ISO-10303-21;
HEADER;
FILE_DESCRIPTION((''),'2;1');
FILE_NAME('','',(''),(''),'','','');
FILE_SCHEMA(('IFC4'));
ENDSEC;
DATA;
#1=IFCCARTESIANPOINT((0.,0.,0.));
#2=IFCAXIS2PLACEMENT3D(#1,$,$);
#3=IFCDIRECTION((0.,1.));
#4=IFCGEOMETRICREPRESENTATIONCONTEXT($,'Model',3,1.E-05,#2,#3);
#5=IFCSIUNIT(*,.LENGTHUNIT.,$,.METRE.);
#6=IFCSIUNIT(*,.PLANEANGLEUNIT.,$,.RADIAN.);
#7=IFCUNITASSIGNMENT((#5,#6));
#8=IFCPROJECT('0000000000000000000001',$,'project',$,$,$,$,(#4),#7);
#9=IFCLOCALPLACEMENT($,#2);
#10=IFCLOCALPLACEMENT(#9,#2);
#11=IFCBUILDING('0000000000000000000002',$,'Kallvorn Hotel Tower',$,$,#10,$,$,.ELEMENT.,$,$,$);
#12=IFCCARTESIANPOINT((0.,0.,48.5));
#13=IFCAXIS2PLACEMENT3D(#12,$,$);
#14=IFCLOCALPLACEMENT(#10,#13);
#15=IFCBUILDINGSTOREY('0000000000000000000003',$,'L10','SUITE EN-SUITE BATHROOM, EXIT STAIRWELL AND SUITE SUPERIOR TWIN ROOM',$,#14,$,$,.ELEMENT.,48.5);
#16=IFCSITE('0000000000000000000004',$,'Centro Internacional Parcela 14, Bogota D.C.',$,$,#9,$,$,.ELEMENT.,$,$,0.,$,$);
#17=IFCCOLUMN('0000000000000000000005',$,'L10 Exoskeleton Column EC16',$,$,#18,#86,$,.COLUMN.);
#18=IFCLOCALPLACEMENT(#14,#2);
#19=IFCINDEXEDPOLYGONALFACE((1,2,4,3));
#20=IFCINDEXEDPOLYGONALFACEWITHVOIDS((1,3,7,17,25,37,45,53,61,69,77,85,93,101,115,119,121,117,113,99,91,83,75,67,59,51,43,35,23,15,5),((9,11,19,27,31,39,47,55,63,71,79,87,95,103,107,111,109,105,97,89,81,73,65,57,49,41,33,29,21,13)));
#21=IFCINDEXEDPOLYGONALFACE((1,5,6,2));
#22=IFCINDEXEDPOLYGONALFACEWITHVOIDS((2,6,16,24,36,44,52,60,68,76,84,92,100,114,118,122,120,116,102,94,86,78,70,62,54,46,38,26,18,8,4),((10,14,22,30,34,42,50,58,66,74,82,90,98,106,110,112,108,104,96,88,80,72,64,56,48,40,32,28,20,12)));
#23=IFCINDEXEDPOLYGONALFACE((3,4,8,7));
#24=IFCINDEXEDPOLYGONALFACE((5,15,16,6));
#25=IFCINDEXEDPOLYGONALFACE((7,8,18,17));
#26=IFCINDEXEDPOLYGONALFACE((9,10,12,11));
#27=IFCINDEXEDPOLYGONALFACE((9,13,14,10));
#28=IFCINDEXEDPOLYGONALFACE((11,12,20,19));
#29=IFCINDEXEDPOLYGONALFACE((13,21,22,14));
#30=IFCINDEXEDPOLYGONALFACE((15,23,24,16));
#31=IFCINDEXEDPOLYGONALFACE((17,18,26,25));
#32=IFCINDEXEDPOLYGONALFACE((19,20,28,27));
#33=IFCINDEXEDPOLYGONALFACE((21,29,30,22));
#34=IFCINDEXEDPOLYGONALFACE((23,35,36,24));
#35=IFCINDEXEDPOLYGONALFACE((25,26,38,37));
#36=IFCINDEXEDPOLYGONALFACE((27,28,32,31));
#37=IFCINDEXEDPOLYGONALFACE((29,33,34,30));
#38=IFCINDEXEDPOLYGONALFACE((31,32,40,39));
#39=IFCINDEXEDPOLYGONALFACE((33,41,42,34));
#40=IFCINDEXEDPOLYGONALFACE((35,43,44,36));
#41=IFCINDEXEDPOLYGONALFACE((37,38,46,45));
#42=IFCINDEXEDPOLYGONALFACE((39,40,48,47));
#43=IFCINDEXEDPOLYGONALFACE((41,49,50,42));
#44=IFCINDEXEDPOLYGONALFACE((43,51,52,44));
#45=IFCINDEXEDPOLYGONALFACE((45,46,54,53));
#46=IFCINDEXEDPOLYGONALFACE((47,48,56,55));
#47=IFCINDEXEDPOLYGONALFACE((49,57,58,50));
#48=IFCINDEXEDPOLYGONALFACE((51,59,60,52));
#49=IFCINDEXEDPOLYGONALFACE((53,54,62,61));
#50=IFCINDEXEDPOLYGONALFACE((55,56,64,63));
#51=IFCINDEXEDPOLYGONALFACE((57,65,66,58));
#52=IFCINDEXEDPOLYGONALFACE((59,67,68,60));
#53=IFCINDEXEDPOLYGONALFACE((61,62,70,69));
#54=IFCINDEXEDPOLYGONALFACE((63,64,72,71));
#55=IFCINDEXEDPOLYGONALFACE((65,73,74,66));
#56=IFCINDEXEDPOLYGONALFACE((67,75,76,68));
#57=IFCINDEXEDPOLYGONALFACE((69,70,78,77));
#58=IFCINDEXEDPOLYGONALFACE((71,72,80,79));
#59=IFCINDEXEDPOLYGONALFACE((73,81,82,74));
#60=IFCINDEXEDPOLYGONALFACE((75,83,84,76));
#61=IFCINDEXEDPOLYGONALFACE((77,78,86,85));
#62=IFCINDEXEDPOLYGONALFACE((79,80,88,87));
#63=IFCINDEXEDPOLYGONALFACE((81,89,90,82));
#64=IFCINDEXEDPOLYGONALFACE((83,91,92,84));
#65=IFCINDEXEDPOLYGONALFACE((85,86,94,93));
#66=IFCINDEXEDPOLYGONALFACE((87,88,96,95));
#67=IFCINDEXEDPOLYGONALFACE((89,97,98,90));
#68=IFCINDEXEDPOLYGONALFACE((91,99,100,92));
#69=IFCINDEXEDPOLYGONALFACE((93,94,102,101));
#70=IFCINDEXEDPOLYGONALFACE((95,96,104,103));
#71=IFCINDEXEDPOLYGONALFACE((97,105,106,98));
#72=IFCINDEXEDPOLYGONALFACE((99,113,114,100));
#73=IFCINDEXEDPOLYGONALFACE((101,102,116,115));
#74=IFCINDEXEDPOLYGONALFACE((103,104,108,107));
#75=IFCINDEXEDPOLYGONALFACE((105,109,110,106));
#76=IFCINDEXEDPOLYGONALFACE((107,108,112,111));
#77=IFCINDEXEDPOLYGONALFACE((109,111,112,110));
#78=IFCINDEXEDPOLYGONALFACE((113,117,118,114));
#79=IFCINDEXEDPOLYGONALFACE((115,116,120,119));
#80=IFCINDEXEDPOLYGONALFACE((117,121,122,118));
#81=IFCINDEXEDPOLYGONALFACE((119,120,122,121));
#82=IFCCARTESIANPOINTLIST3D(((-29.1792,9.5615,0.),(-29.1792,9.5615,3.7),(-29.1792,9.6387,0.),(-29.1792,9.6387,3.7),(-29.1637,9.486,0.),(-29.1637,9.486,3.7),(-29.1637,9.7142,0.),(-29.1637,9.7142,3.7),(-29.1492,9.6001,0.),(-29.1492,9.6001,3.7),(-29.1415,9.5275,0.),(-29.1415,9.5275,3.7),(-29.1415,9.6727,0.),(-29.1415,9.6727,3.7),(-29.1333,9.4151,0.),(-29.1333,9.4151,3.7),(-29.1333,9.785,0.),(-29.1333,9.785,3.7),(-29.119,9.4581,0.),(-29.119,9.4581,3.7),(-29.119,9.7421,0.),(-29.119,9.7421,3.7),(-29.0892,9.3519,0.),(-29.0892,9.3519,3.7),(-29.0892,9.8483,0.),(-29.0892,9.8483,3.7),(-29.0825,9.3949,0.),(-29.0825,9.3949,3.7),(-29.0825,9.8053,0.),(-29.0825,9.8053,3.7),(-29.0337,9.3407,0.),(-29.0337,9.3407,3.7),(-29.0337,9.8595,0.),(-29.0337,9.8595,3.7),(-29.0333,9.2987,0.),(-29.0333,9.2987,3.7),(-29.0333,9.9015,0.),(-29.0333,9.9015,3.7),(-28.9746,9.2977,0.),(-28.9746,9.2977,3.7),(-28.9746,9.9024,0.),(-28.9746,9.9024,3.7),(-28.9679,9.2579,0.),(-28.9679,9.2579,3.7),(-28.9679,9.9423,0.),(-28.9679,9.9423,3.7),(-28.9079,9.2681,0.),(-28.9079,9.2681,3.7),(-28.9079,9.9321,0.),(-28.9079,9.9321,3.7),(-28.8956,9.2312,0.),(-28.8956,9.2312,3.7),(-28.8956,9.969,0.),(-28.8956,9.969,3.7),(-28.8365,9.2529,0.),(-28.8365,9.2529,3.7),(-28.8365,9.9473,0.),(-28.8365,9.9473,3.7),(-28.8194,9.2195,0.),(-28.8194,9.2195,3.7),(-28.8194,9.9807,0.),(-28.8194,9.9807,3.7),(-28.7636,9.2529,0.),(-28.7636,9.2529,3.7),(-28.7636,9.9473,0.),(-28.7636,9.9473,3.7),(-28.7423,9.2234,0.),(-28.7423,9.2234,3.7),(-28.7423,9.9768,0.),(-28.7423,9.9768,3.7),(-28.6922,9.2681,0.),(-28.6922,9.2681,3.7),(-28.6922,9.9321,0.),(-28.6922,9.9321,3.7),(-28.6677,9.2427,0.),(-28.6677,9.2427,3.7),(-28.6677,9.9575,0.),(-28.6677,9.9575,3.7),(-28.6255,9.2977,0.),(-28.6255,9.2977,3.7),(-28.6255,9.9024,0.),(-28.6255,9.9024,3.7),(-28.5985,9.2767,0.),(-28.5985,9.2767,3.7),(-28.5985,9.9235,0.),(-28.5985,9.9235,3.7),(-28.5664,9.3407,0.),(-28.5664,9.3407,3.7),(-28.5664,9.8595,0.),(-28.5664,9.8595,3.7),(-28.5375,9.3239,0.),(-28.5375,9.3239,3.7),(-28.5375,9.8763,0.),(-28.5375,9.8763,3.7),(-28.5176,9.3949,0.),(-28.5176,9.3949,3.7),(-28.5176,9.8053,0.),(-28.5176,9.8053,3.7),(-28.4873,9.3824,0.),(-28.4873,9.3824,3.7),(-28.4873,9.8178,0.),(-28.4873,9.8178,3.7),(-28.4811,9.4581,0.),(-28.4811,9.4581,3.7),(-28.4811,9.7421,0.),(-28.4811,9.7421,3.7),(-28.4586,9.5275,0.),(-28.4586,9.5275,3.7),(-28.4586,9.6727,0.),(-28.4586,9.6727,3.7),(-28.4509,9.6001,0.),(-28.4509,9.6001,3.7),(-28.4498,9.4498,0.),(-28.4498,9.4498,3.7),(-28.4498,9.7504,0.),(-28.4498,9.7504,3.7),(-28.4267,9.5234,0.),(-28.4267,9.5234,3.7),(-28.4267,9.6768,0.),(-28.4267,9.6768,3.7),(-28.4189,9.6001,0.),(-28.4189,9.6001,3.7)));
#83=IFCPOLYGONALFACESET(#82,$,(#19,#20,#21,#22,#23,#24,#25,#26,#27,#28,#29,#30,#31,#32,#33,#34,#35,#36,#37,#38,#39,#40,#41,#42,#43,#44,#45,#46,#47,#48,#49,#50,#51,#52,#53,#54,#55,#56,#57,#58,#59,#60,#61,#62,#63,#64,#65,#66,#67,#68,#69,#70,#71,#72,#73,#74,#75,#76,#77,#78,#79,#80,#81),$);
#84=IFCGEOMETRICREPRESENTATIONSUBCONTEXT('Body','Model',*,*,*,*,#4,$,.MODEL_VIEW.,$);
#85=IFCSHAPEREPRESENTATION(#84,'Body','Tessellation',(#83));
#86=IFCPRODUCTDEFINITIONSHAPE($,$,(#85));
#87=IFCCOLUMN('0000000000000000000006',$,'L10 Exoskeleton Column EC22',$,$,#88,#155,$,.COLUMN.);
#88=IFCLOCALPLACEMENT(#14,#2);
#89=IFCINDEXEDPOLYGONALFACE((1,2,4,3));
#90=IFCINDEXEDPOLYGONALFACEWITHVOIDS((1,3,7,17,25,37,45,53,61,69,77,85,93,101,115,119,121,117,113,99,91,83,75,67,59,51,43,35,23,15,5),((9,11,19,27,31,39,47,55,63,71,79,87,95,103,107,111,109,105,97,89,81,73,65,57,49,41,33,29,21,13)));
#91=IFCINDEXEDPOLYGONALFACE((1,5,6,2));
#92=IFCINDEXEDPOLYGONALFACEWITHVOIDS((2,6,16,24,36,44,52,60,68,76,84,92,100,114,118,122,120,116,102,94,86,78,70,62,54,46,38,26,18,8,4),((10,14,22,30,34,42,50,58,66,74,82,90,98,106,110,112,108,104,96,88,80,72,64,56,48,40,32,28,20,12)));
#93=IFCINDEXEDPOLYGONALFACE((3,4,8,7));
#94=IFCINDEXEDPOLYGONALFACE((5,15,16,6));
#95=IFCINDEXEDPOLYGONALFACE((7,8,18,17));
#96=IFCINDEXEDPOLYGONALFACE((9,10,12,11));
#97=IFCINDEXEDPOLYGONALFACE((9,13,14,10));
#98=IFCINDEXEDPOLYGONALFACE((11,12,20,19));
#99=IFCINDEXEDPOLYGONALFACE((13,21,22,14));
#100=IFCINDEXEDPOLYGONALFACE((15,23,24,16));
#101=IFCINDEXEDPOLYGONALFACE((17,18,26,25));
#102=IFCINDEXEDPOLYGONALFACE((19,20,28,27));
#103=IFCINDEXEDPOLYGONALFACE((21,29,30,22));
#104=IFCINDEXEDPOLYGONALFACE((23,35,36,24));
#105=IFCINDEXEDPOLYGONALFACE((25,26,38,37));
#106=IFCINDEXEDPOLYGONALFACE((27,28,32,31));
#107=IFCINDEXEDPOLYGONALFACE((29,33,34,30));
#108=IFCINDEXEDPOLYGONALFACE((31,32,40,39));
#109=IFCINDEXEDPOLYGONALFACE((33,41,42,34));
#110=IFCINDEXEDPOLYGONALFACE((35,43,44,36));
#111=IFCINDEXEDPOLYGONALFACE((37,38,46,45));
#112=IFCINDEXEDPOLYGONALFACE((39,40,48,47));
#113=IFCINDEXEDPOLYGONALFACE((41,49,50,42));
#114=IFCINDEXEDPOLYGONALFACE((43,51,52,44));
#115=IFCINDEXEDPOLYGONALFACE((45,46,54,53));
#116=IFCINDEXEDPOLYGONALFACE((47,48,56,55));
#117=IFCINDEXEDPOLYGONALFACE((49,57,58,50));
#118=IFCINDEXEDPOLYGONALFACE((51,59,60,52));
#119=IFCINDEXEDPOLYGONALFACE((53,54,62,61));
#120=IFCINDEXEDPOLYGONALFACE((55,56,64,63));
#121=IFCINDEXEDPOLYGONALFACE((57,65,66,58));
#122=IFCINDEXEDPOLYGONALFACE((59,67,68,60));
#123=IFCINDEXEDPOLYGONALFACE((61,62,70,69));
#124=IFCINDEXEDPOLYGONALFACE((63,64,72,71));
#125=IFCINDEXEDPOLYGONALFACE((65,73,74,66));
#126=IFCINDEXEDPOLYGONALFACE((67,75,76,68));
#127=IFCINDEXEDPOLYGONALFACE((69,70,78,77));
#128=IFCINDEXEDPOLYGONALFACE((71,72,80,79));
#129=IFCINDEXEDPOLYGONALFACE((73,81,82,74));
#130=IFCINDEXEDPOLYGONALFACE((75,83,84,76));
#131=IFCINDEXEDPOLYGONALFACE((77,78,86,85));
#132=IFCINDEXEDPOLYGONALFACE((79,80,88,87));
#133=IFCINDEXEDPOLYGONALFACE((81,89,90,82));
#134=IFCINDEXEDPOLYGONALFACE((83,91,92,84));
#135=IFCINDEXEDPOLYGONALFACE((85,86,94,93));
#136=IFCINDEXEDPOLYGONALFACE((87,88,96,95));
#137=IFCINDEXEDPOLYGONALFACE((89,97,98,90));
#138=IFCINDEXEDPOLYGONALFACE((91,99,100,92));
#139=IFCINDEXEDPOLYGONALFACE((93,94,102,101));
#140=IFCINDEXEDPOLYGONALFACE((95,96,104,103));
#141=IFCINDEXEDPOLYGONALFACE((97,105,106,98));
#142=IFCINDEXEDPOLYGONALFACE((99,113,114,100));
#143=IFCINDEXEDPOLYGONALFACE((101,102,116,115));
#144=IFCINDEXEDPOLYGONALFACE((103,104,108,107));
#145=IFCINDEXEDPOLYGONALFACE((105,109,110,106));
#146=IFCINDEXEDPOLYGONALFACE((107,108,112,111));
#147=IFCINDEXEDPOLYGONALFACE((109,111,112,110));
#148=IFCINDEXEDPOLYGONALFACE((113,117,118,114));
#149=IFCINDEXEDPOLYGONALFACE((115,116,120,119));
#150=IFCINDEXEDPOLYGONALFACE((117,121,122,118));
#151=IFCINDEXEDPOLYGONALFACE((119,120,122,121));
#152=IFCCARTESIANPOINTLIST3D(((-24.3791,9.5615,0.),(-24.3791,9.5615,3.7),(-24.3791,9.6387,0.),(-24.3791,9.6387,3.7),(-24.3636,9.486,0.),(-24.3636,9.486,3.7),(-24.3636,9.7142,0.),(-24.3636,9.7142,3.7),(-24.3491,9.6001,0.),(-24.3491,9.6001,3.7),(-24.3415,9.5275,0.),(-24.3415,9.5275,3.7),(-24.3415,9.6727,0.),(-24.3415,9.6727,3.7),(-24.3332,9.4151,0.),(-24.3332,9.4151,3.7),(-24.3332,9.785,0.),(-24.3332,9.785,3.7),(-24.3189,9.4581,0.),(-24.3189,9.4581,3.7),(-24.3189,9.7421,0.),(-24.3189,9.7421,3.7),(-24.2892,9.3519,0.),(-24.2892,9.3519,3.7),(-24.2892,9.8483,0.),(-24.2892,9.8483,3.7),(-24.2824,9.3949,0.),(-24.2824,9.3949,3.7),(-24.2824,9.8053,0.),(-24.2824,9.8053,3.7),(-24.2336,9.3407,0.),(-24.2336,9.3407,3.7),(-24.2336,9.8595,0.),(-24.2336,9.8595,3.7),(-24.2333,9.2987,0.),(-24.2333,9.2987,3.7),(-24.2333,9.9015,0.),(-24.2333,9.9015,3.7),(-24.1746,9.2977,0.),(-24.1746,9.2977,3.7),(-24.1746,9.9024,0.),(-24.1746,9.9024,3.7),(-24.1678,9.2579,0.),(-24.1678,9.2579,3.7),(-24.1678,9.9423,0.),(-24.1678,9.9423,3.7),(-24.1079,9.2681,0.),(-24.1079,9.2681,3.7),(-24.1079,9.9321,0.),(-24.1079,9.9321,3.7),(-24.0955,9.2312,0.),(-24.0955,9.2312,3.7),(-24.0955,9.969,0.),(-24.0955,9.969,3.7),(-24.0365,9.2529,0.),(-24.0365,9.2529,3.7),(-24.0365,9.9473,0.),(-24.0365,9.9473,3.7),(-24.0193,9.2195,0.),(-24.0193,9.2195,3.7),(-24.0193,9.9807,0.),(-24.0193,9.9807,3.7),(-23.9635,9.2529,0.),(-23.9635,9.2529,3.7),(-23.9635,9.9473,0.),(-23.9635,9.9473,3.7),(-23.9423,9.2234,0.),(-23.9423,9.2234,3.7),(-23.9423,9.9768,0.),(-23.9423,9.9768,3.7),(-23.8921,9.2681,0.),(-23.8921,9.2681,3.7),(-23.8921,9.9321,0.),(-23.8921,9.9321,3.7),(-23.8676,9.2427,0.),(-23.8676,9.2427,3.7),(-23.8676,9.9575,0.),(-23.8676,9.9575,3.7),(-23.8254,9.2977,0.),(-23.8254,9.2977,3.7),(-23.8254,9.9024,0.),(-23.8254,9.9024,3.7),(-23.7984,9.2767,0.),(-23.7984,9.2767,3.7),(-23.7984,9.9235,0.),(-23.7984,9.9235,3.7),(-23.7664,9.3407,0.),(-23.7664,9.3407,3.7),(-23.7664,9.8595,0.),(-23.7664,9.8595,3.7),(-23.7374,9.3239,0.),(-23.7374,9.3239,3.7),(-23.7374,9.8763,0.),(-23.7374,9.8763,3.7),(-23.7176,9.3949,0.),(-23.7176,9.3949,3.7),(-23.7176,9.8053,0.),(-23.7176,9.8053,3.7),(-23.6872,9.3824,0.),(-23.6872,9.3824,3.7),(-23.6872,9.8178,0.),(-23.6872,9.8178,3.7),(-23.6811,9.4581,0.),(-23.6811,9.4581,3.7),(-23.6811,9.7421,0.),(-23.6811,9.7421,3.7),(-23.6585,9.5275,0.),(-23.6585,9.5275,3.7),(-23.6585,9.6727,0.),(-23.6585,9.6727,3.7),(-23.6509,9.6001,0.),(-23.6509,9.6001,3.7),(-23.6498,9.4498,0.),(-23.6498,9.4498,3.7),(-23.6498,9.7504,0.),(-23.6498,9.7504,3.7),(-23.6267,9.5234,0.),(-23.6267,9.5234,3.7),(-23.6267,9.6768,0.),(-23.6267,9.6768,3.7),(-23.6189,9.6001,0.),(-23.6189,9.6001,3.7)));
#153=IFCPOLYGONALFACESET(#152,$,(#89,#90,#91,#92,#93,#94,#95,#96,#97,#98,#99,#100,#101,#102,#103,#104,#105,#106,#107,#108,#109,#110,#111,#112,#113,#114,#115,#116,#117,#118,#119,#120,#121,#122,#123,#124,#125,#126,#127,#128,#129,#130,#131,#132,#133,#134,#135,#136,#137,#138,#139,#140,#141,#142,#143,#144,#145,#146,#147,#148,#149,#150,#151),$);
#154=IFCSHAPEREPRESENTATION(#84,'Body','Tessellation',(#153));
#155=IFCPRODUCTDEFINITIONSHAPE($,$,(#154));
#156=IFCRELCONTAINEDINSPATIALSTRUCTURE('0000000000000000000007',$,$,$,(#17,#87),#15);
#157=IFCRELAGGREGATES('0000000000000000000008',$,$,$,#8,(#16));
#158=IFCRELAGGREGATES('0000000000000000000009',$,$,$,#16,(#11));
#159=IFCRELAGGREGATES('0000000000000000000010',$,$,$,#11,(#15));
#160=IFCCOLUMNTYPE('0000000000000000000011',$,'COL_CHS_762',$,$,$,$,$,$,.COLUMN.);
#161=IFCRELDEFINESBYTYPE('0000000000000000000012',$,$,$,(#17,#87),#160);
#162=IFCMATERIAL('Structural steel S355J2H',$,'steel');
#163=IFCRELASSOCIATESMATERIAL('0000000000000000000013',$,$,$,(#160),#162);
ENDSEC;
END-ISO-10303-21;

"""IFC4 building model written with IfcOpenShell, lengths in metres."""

from ifc_helpers import new_model, si_unit, direction, frame, origin, origin_2d, place, context, subcontext, project, spatial, hollow_circle, extrude, material, material_profile, profile_set, type_object, element, save


model = new_model("IFC4")

# Units and contexts
model_context = context("Model", 3, precision=1e-05, world=origin(), true_north=direction((0.0, 1.0)))
body_context = subcontext(model_context, "Body", "Model", "MODEL_VIEW")
ifc_project = project(units=[si_unit("LENGTHUNIT", "METRE"), si_unit("PLANEANGLEUNIT", "RADIAN")], contexts=[model_context])

# Site, building, storey
site_placement = place(None, origin())
site = spatial("IfcSite", under=ifc_project, at=site_placement, Name="Centro Internacional Parcela 14, Bogota D.C.", CompositionType="ELEMENT", RefElevation=0.0)
building_placement = place(site_placement, origin())
building = spatial("IfcBuilding", under=site, at=building_placement, Name="Kallvorn Hotel Tower", CompositionType="ELEMENT")
storey_placement = place(building_placement, frame((0.0, 0.0, 48.5)))
storey = spatial("IfcBuildingStorey", under=building, at=storey_placement, Name="L10", Description="SUITE EN-SUITE BATHROOM, EXIT STAIRWELL AND SUITE SUPERIOR TWIN ROOM", CompositionType="ELEMENT", Elevation=48.5)

# Columns
ifc_material_1 = material(Name="Structural steel S355J2H", Category="steel")
ifc_material_profile_1 = material_profile(ifc_material_1, hollow_circle(Radius=0.3811, WallThickness=0.032, at=origin_2d()), Name="CHS 762x32")
ifc_profile_set_1 = profile_set([ifc_material_profile_1], Name="Structural steel S355J2H")
column_type_1 = type_object("IfcColumnType", Name="COL_CHS_762", PredefinedType="COLUMN", material=ifc_profile_set_1)
for number, where, z_axis, x_axis, name in (
    (1, (-28.8, 9.6001, 0.0), (0.0, 0.0, 1.0), (1.0, 0.0, 0.0), "L10 Exoskeleton Column EC16"),
    (2, (-24.0, 9.6001, 0.0), (0.0, 0.0, 1.0), (1.0, 0.0, 0.0), "L10 Exoskeleton Column EC22"),
):
    element("IfcColumn", number, at=place(storey_placement, frame(where, z_axis=z_axis, x_axis=x_axis)), inside=storey, type_object=column_type_1, Name=name, PredefinedType="COLUMN", context=body_context, shape_type="SweptSolid", body=[
        extrude(hollow_circle(Radius=0.3811, WallThickness=0.032, at=origin_2d()), origin(), (0.0, 0.0, 1.0), 3.7),
    ])

save(model, "model.ifc")
